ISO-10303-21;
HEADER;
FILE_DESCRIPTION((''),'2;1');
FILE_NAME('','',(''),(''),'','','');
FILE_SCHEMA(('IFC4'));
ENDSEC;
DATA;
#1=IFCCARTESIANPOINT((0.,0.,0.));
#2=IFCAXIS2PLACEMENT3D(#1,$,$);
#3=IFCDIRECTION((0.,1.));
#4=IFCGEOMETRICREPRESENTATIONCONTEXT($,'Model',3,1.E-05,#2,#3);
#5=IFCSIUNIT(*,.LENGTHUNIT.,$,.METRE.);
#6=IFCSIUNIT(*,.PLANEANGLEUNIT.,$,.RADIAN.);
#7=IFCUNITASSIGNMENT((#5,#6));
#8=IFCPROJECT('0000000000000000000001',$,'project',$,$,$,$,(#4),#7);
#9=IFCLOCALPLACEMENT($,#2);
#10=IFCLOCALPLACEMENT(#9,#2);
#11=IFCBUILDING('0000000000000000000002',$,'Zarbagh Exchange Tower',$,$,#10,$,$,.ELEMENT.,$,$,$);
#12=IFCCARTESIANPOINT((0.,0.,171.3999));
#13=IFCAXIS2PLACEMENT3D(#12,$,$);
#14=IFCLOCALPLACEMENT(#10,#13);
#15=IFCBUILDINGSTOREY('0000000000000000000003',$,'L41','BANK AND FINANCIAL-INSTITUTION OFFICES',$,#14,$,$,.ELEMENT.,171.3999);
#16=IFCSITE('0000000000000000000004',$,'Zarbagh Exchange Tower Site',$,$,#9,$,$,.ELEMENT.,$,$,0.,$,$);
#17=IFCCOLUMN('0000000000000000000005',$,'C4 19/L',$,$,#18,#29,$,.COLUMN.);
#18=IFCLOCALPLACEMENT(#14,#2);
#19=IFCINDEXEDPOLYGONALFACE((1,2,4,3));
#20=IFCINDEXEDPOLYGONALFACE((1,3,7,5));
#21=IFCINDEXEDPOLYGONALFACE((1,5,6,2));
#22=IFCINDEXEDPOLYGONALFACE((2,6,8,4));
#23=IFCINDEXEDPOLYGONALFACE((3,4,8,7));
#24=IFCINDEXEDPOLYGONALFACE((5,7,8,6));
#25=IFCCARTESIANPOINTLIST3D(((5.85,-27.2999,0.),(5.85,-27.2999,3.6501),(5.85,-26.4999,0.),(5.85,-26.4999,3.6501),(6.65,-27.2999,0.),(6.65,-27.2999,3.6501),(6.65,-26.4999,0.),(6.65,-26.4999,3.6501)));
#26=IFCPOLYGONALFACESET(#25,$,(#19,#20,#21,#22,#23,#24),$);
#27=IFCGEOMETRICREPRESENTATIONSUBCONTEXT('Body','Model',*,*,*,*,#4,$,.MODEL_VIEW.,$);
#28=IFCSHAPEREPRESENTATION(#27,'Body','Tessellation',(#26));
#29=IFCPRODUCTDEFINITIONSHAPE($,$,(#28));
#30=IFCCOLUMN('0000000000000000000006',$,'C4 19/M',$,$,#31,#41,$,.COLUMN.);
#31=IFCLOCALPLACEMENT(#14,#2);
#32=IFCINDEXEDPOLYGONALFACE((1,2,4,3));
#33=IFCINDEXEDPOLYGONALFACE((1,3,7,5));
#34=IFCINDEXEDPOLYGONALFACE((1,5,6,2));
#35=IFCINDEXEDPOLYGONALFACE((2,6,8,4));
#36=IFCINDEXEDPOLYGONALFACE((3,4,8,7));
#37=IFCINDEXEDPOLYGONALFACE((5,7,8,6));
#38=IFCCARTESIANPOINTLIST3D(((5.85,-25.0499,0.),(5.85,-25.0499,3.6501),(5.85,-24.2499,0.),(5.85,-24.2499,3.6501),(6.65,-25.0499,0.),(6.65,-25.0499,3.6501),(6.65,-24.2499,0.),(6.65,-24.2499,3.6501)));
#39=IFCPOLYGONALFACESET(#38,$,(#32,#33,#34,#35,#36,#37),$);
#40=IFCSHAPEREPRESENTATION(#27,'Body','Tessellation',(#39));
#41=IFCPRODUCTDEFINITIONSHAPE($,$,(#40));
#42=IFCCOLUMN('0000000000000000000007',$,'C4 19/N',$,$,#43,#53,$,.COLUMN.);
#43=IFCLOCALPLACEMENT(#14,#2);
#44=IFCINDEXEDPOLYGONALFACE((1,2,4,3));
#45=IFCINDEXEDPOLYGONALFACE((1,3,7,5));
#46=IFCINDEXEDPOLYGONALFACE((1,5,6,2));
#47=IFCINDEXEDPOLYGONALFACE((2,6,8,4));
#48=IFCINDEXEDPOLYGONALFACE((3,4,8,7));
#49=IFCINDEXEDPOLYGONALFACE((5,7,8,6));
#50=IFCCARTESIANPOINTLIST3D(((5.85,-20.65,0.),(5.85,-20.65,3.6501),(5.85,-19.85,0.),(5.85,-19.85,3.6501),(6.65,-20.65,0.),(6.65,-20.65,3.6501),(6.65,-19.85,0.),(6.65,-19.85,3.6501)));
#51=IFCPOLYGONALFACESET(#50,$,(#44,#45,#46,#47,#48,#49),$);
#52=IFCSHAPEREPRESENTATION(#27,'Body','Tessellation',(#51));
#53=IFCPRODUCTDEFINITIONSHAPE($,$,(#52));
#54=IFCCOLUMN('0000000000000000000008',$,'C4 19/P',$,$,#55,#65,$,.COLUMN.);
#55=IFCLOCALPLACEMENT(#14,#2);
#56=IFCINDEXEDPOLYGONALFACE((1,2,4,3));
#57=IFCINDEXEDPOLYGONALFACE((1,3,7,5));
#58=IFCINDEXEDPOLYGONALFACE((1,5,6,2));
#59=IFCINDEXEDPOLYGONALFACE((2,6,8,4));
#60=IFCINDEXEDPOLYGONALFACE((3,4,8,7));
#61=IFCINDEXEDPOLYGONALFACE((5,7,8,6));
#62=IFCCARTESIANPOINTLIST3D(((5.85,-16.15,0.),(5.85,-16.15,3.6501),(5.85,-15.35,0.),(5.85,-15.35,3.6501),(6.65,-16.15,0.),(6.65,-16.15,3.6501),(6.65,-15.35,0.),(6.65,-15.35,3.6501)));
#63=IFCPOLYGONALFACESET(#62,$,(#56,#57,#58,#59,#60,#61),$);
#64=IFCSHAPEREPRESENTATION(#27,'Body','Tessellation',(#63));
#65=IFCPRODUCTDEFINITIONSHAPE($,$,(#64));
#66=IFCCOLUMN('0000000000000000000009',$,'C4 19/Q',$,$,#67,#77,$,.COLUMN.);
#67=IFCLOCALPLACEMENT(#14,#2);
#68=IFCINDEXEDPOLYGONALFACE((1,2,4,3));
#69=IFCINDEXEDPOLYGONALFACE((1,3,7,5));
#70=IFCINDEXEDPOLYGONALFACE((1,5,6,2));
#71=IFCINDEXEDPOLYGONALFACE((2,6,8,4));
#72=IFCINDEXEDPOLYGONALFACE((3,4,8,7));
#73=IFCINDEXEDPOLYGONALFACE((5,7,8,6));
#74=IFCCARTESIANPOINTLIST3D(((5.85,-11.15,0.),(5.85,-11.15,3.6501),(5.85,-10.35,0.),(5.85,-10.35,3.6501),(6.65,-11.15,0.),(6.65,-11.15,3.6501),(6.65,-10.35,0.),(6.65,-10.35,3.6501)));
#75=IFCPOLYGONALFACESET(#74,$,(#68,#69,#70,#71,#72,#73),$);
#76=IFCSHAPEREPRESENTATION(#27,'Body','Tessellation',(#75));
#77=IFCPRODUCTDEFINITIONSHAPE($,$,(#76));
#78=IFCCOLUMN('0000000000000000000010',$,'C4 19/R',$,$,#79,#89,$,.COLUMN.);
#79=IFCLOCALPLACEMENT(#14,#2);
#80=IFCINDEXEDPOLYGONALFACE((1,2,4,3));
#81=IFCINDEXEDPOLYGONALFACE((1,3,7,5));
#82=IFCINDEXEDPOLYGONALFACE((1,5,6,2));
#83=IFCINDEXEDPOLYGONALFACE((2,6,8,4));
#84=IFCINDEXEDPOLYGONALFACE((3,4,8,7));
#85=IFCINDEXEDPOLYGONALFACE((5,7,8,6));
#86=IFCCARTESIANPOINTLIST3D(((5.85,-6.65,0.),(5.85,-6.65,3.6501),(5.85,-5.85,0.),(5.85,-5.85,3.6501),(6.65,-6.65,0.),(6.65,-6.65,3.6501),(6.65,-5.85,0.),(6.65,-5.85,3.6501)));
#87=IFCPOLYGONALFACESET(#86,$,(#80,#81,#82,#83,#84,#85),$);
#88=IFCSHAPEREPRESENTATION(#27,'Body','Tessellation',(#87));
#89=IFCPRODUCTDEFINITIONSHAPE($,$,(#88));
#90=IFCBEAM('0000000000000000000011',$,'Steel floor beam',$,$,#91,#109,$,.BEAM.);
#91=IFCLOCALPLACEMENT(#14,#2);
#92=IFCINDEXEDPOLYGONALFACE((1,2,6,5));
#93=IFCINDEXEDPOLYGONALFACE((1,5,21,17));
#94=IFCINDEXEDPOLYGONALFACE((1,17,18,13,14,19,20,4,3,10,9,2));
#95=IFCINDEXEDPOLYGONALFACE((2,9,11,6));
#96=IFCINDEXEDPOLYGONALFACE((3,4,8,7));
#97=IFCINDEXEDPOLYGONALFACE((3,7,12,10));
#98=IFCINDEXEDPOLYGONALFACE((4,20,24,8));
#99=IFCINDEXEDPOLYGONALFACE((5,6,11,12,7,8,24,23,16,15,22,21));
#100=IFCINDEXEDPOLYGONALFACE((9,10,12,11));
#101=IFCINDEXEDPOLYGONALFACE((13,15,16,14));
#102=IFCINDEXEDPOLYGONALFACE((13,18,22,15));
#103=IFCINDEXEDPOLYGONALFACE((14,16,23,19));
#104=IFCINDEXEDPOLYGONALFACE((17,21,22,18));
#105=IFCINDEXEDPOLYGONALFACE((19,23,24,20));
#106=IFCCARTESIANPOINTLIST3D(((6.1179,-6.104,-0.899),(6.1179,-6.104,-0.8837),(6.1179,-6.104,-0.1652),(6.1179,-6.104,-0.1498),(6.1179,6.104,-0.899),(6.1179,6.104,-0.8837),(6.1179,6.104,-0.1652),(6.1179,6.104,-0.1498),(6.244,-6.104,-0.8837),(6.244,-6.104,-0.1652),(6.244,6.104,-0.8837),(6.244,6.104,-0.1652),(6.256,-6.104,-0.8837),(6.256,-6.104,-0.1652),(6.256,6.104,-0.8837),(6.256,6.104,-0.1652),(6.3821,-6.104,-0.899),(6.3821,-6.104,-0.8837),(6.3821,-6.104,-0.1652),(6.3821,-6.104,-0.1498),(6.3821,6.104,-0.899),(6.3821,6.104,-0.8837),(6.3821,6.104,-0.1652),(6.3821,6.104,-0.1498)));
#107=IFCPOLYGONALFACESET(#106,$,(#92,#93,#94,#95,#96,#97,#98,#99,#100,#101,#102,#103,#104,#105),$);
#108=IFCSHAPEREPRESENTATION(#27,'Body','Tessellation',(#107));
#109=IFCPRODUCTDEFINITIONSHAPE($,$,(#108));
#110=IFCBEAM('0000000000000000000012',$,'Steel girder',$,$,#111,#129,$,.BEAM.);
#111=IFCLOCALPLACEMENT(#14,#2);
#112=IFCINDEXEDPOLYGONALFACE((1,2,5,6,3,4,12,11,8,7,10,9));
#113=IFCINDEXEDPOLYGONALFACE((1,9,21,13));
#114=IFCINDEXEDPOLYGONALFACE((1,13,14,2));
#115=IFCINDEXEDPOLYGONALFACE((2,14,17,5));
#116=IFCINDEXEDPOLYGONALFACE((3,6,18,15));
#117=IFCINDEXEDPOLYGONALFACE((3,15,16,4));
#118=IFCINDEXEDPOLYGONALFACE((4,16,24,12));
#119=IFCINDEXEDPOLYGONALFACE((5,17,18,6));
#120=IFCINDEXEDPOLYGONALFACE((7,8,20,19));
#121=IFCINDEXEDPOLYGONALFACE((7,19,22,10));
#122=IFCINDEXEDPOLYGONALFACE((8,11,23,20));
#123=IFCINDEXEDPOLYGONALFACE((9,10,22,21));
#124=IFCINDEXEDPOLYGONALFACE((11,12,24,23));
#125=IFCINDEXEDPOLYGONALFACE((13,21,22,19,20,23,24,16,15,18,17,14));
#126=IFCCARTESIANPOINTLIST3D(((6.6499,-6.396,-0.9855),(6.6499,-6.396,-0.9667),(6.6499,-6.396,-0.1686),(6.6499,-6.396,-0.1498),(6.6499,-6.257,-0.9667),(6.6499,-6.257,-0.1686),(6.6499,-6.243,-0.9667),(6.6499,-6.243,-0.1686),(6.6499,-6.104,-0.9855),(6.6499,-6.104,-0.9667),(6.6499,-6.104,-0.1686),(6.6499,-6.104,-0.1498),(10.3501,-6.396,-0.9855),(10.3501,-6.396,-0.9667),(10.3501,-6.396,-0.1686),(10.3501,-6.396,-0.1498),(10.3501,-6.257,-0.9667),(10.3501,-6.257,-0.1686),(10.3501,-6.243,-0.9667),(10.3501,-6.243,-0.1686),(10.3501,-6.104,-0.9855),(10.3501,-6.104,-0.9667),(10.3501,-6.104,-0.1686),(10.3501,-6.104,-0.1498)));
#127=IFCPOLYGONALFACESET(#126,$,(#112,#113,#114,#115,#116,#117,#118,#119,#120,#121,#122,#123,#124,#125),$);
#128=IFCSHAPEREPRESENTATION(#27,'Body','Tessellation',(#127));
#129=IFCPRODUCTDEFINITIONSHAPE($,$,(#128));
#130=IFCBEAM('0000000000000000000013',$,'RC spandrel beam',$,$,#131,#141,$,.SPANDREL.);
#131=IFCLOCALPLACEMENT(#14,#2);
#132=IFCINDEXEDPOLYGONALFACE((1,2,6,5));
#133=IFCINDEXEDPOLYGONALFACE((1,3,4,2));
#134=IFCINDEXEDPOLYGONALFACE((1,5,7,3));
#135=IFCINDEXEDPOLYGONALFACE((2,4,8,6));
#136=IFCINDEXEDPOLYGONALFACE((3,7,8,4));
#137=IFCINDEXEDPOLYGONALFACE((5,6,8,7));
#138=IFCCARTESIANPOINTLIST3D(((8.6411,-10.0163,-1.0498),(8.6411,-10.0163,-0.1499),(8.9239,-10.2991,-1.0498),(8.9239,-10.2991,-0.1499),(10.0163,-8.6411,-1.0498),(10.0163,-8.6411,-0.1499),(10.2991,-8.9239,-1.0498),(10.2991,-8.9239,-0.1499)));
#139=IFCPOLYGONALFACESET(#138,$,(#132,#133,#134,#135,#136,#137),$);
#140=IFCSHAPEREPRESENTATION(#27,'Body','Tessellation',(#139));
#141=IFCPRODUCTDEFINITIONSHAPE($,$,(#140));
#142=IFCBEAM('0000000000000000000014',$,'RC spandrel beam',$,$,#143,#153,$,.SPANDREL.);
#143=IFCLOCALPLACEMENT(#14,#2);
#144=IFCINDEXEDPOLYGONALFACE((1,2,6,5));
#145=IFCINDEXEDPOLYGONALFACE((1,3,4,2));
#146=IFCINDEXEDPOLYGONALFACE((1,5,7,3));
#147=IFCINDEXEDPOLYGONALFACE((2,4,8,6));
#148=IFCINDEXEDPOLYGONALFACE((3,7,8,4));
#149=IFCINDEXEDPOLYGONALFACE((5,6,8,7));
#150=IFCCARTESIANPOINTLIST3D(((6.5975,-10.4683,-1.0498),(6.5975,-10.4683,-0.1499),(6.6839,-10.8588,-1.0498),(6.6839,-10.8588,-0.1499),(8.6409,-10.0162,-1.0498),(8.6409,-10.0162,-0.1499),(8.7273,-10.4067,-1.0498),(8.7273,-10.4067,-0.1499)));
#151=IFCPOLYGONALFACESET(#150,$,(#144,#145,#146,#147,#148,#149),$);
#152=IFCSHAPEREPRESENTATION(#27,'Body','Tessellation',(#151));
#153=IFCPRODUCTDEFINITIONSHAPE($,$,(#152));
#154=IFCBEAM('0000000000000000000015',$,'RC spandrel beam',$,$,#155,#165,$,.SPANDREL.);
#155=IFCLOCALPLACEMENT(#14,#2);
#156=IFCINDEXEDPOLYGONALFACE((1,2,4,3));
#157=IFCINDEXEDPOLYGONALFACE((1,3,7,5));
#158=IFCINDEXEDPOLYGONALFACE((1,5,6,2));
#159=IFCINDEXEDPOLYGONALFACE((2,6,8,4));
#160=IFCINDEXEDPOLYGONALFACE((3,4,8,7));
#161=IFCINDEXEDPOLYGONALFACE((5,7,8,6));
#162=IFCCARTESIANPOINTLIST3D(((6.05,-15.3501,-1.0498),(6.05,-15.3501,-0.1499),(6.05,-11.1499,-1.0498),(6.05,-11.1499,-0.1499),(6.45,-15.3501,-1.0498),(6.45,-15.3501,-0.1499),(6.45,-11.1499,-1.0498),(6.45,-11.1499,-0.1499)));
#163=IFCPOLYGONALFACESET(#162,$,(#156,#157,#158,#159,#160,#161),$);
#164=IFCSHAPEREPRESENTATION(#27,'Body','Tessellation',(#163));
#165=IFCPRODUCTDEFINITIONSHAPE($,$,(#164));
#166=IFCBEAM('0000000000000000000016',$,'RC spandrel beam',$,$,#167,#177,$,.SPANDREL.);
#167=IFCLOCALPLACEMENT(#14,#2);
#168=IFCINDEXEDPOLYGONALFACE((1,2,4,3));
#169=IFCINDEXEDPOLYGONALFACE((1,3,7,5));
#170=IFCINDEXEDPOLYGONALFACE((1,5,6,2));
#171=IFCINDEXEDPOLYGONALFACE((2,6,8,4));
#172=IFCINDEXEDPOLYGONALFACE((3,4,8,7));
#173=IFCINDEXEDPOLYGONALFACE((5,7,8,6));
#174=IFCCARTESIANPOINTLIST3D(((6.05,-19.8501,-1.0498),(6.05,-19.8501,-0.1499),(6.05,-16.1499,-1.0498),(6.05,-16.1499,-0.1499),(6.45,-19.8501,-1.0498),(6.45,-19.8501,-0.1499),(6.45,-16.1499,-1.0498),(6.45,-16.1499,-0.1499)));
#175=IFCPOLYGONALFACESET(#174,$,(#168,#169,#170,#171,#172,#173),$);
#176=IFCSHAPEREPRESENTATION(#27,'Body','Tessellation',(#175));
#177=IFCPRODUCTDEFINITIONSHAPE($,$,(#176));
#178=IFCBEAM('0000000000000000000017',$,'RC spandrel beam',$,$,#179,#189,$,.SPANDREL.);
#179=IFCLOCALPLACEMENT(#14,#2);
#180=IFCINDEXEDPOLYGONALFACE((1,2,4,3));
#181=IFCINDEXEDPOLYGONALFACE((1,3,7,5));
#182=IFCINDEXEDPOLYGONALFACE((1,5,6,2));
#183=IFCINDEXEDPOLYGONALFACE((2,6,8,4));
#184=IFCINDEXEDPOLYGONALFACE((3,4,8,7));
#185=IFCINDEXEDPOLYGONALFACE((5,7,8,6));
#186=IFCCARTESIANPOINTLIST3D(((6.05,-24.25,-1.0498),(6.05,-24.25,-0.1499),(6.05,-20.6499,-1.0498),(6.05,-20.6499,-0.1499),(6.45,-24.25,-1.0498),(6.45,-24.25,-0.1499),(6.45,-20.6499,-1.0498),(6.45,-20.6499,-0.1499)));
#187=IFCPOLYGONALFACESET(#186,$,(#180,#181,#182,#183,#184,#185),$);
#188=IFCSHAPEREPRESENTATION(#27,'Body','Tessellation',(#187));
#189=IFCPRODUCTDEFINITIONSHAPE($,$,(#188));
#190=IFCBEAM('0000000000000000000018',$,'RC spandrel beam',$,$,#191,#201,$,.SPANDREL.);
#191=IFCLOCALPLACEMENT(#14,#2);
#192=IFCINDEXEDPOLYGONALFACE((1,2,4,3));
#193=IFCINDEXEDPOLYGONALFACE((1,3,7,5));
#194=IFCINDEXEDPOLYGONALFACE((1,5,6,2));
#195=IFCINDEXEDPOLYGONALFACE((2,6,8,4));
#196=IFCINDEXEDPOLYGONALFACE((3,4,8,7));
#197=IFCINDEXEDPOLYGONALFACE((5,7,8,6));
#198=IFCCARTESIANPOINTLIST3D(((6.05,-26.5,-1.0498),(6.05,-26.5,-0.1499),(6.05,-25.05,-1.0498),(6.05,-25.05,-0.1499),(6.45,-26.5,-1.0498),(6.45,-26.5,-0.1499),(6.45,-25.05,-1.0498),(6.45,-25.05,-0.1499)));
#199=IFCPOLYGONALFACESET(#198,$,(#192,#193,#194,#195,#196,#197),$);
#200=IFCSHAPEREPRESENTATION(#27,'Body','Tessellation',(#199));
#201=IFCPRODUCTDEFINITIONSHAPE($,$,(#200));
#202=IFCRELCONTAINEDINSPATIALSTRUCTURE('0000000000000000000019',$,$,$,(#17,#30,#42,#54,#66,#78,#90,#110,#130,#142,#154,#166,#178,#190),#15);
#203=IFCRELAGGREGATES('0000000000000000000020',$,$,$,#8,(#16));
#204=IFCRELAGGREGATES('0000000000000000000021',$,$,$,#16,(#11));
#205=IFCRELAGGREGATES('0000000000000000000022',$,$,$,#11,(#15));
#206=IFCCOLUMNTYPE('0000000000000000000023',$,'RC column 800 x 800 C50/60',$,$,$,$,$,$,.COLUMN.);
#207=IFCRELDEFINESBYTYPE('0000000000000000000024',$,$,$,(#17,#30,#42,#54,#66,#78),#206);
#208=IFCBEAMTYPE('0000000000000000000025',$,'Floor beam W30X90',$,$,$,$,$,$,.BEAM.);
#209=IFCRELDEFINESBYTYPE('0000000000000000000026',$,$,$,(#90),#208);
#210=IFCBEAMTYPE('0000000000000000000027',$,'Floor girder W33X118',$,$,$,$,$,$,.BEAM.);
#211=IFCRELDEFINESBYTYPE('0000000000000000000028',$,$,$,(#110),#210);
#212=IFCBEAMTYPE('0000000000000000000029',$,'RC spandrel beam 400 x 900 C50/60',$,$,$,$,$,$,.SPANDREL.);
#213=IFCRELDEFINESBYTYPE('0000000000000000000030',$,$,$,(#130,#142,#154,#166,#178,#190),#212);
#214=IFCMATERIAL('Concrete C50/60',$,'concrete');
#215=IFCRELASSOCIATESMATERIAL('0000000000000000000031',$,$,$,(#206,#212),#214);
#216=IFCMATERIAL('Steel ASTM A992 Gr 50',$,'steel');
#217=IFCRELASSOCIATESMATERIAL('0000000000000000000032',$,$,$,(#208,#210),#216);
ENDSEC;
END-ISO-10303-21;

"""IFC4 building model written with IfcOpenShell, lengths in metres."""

from ifc_helpers import new_model, si_unit, direction, frame, origin, origin_2d, place, context, subcontext, project, spatial, rectangle, i_section, extrude, material, material_profile, profile_set, type_object, element, save


model = new_model("IFC4")

# Units and contexts
model_context = context("Model", 3, precision=1e-05, world=origin(), true_north=direction((0.0, 1.0)))
body_context = subcontext(model_context, "Body", "Model", "MODEL_VIEW")
ifc_project = project(units=[si_unit("LENGTHUNIT", "METRE"), si_unit("PLANEANGLEUNIT", "RADIAN")], contexts=[model_context])

# Site, building, storey
site_placement = place(None, origin())
site = spatial("IfcSite", under=ifc_project, at=site_placement, Name="Zarbagh Exchange Tower Site", CompositionType="ELEMENT", RefElevation=0.0)
building_placement = place(site_placement, origin())
building = spatial("IfcBuilding", under=site, at=building_placement, Name="Zarbagh Exchange Tower", CompositionType="ELEMENT")
storey_placement = place(building_placement, frame((0.0, 0.0, 171.3999)))
storey = spatial("IfcBuildingStorey", under=building, at=storey_placement, Name="L41", Description="BANK AND FINANCIAL-INSTITUTION OFFICES", CompositionType="ELEMENT", Elevation=171.3999)

# Columns
ifc_material_1 = material(Name="Concrete C50/60", Category="concrete")
ifc_material_profile_1 = material_profile(ifc_material_1, rectangle(XDim=0.8, YDim=0.8, at=origin_2d()), Name="RC column 800 x 800 C50/60")
ifc_profile_set_1 = profile_set([ifc_material_profile_1], Name="Concrete C50/60")
column_type = type_object("IfcColumnType", Name="RC column 800 x 800 C50/60", PredefinedType="COLUMN", material=ifc_profile_set_1)
for number, where, z_axis, x_axis, name in (
    (1, (6.25, -26.8999, 0.0), (0.0, 0.0, 1.0), (1.0, 0.0, 0.0), "C4 19/L"),
    (2, (6.25, -24.6499, 0.0), (0.0, 0.0, 1.0), (1.0, 0.0, 0.0), "C4 19/M"),
    (3, (6.25, -20.25, 0.0), (0.0, 0.0, 1.0), (1.0, 0.0, 0.0), "C4 19/N"),
    (4, (6.25, -15.75, 0.0), (0.0, 0.0, 1.0), (1.0, 0.0, 0.0), "C4 19/P"),
    (5, (6.25, -10.75, 0.0), (0.0, 0.0, 1.0), (1.0, 0.0, 0.0), "C4 19/Q"),
    (6, (6.25, -6.25, 0.0), (0.0, 0.0, 1.0), (1.0, 0.0, 0.0), "C4 19/R"),
):
    element("IfcColumn", number, at=place(storey_placement, frame(where, z_axis=z_axis, x_axis=x_axis)), inside=storey, type_object=column_type, Name=name, PredefinedType="COLUMN", context=body_context, shape_type="SweptSolid", body=[
        extrude(rectangle(XDim=0.8, YDim=0.8, at=origin_2d()), origin(), (0.0, 0.0, 1.0), 3.6501),
    ])

# Beams
ifc_material_2 = material(Name="Steel ASTM A992 Gr 50", Category="steel")
ifc_material_profile_2 = material_profile(ifc_material_2, i_section(OverallWidth=0.2642, OverallDepth=0.7493, WebThickness=0.012, FlangeThickness=0.0154, at=origin_2d()), Name="W30X90")
ifc_profile_set_2 = profile_set([ifc_material_profile_2], Name="Steel ASTM A992 Gr 50")
beam_type_1 = type_object("IfcBeamType", Name="Floor beam W30X90", PredefinedType="BEAM", material=ifc_profile_set_2)
beam_1_placement = place(storey_placement, frame((6.25, -6.104, -0.5244), z_axis=(0.0, 1.0, 0.0), x_axis=(-1.0, 0.0, 0.0)))
element("IfcBeam", 7, at=beam_1_placement, inside=storey, type_object=beam_type_1, Name="Steel floor beam", PredefinedType="BEAM", context=body_context, shape_type="SweptSolid", body=[
    extrude(i_section(OverallWidth=0.2642, OverallDepth=0.7493, WebThickness=0.012, FlangeThickness=0.0154, at=origin_2d()), origin(), (0.0, 0.0, 1.0), 12.208),
])
ifc_material_profile_3 = material_profile(ifc_material_2, i_section(OverallWidth=0.292, OverallDepth=0.8357, WebThickness=0.0139, FlangeThickness=0.0188, at=origin_2d()), Name="W33X118")
ifc_profile_set_3 = profile_set([ifc_material_profile_3], Name="Steel ASTM A992 Gr 50")
beam_type_2 = type_object("IfcBeamType", Name="Floor girder W33X118", PredefinedType="BEAM", material=ifc_profile_set_3)
beam_2_placement = place(storey_placement, frame((6.6499, -6.25, -0.5676), z_axis=(1.0, 0.0, 0.0), x_axis=(0.0, 1.0, 0.0)))
element("IfcBeam", 8, at=beam_2_placement, inside=storey, type_object=beam_type_2, Name="Steel girder", PredefinedType="BEAM", context=body_context, shape_type="SweptSolid", body=[
    extrude(i_section(OverallWidth=0.292, OverallDepth=0.8357, WebThickness=0.0139, FlangeThickness=0.0188, at=origin_2d()), origin(), (0.0, 0.0, 1.0), 3.7002),
])
ifc_material_profile_4 = material_profile(ifc_material_1, rectangle(XDim=0.3999, YDim=0.8999, at=origin_2d()), Name="RC spandrel beam 400 x 900 C50/60")
ifc_profile_set_4 = profile_set([ifc_material_profile_4], Name="Concrete C50/60")
beam_type_3 = type_object("IfcBeamType", Name="RC spandrel beam 400 x 900 C50/60", PredefinedType="SPANDREL", material=ifc_profile_set_4)
beam_3_placement = place(storey_placement, frame((10.1577, -8.7825, -0.5999), z_axis=(-0.707107, -0.707107, 0.0), x_axis=(0.707107, -0.707107, 0.0)))
element("IfcBeam", 9, at=beam_3_placement, inside=storey, type_object=beam_type_3, Name="RC spandrel beam", PredefinedType="SPANDREL", context=body_context, shape_type="SweptSolid", body=[
    extrude(rectangle(XDim=0.3999, YDim=0.8999, at=origin_2d()), origin(), (0.0, 0.0, 1.0), 1.9448),
])
beam_4_placement = place(storey_placement, frame((8.6841, -10.2114, -0.5999), z_axis=(-0.976384, -0.216041, 0.0), x_axis=(0.216041, -0.976384, 0.0)))
element("IfcBeam", 10, at=beam_4_placement, inside=storey, type_object=beam_type_3, Name="RC spandrel beam", PredefinedType="SPANDREL", context=body_context, shape_type="SweptSolid", body=[
    extrude(rectangle(XDim=0.3999, YDim=0.8999, at=origin_2d()), origin(), (0.0, 0.0, 1.0), 2.0928),
])
beam_5_placement = place(storey_placement, frame((6.25, -11.1499, -0.5999), z_axis=(0.0, -1.0, 0.0), x_axis=(1.0, 0.0, 0.0)))
element("IfcBeam", 11, at=beam_5_placement, inside=storey, type_object=beam_type_3, Name="RC spandrel beam", PredefinedType="SPANDREL", context=body_context, shape_type="SweptSolid", body=[
    extrude(rectangle(XDim=0.3999, YDim=0.8999, at=origin_2d()), origin(), (0.0, 0.0, 1.0), 4.2002),
])
beam_6_placement = place(storey_placement, frame((6.25, -16.1499, -0.5999), z_axis=(0.0, -1.0, 0.0), x_axis=(1.0, 0.0, 0.0)))
element("IfcBeam", 12, at=beam_6_placement, inside=storey, type_object=beam_type_3, Name="RC spandrel beam", PredefinedType="SPANDREL", context=body_context, shape_type="SweptSolid", body=[
    extrude(rectangle(XDim=0.3999, YDim=0.8999, at=origin_2d()), origin(), (0.0, 0.0, 1.0), 3.7002),
])
beam_7_placement = place(storey_placement, frame((6.25, -20.6499, -0.5999), z_axis=(0.0, -1.0, 0.0), x_axis=(1.0, 0.0, 0.0)))
element("IfcBeam", 13, at=beam_7_placement, inside=storey, type_object=beam_type_3, Name="RC spandrel beam", PredefinedType="SPANDREL", context=body_context, shape_type="SweptSolid", body=[
    extrude(rectangle(XDim=0.3999, YDim=0.8999, at=origin_2d()), origin(), (0.0, 0.0, 1.0), 3.6001),
])
beam_8_placement = place(storey_placement, frame((6.25, -25.05, -0.5999), z_axis=(0.0, -1.0, 0.0), x_axis=(1.0, 0.0, 0.0)))
element("IfcBeam", 14, at=beam_8_placement, inside=storey, type_object=beam_type_3, Name="RC spandrel beam", PredefinedType="SPANDREL", context=body_context, shape_type="SweptSolid", body=[
    extrude(rectangle(XDim=0.3999, YDim=0.8999, at=origin_2d()), origin(), (0.0, 0.0, 1.0), 1.45),
])

save(model, "model.ifc")
